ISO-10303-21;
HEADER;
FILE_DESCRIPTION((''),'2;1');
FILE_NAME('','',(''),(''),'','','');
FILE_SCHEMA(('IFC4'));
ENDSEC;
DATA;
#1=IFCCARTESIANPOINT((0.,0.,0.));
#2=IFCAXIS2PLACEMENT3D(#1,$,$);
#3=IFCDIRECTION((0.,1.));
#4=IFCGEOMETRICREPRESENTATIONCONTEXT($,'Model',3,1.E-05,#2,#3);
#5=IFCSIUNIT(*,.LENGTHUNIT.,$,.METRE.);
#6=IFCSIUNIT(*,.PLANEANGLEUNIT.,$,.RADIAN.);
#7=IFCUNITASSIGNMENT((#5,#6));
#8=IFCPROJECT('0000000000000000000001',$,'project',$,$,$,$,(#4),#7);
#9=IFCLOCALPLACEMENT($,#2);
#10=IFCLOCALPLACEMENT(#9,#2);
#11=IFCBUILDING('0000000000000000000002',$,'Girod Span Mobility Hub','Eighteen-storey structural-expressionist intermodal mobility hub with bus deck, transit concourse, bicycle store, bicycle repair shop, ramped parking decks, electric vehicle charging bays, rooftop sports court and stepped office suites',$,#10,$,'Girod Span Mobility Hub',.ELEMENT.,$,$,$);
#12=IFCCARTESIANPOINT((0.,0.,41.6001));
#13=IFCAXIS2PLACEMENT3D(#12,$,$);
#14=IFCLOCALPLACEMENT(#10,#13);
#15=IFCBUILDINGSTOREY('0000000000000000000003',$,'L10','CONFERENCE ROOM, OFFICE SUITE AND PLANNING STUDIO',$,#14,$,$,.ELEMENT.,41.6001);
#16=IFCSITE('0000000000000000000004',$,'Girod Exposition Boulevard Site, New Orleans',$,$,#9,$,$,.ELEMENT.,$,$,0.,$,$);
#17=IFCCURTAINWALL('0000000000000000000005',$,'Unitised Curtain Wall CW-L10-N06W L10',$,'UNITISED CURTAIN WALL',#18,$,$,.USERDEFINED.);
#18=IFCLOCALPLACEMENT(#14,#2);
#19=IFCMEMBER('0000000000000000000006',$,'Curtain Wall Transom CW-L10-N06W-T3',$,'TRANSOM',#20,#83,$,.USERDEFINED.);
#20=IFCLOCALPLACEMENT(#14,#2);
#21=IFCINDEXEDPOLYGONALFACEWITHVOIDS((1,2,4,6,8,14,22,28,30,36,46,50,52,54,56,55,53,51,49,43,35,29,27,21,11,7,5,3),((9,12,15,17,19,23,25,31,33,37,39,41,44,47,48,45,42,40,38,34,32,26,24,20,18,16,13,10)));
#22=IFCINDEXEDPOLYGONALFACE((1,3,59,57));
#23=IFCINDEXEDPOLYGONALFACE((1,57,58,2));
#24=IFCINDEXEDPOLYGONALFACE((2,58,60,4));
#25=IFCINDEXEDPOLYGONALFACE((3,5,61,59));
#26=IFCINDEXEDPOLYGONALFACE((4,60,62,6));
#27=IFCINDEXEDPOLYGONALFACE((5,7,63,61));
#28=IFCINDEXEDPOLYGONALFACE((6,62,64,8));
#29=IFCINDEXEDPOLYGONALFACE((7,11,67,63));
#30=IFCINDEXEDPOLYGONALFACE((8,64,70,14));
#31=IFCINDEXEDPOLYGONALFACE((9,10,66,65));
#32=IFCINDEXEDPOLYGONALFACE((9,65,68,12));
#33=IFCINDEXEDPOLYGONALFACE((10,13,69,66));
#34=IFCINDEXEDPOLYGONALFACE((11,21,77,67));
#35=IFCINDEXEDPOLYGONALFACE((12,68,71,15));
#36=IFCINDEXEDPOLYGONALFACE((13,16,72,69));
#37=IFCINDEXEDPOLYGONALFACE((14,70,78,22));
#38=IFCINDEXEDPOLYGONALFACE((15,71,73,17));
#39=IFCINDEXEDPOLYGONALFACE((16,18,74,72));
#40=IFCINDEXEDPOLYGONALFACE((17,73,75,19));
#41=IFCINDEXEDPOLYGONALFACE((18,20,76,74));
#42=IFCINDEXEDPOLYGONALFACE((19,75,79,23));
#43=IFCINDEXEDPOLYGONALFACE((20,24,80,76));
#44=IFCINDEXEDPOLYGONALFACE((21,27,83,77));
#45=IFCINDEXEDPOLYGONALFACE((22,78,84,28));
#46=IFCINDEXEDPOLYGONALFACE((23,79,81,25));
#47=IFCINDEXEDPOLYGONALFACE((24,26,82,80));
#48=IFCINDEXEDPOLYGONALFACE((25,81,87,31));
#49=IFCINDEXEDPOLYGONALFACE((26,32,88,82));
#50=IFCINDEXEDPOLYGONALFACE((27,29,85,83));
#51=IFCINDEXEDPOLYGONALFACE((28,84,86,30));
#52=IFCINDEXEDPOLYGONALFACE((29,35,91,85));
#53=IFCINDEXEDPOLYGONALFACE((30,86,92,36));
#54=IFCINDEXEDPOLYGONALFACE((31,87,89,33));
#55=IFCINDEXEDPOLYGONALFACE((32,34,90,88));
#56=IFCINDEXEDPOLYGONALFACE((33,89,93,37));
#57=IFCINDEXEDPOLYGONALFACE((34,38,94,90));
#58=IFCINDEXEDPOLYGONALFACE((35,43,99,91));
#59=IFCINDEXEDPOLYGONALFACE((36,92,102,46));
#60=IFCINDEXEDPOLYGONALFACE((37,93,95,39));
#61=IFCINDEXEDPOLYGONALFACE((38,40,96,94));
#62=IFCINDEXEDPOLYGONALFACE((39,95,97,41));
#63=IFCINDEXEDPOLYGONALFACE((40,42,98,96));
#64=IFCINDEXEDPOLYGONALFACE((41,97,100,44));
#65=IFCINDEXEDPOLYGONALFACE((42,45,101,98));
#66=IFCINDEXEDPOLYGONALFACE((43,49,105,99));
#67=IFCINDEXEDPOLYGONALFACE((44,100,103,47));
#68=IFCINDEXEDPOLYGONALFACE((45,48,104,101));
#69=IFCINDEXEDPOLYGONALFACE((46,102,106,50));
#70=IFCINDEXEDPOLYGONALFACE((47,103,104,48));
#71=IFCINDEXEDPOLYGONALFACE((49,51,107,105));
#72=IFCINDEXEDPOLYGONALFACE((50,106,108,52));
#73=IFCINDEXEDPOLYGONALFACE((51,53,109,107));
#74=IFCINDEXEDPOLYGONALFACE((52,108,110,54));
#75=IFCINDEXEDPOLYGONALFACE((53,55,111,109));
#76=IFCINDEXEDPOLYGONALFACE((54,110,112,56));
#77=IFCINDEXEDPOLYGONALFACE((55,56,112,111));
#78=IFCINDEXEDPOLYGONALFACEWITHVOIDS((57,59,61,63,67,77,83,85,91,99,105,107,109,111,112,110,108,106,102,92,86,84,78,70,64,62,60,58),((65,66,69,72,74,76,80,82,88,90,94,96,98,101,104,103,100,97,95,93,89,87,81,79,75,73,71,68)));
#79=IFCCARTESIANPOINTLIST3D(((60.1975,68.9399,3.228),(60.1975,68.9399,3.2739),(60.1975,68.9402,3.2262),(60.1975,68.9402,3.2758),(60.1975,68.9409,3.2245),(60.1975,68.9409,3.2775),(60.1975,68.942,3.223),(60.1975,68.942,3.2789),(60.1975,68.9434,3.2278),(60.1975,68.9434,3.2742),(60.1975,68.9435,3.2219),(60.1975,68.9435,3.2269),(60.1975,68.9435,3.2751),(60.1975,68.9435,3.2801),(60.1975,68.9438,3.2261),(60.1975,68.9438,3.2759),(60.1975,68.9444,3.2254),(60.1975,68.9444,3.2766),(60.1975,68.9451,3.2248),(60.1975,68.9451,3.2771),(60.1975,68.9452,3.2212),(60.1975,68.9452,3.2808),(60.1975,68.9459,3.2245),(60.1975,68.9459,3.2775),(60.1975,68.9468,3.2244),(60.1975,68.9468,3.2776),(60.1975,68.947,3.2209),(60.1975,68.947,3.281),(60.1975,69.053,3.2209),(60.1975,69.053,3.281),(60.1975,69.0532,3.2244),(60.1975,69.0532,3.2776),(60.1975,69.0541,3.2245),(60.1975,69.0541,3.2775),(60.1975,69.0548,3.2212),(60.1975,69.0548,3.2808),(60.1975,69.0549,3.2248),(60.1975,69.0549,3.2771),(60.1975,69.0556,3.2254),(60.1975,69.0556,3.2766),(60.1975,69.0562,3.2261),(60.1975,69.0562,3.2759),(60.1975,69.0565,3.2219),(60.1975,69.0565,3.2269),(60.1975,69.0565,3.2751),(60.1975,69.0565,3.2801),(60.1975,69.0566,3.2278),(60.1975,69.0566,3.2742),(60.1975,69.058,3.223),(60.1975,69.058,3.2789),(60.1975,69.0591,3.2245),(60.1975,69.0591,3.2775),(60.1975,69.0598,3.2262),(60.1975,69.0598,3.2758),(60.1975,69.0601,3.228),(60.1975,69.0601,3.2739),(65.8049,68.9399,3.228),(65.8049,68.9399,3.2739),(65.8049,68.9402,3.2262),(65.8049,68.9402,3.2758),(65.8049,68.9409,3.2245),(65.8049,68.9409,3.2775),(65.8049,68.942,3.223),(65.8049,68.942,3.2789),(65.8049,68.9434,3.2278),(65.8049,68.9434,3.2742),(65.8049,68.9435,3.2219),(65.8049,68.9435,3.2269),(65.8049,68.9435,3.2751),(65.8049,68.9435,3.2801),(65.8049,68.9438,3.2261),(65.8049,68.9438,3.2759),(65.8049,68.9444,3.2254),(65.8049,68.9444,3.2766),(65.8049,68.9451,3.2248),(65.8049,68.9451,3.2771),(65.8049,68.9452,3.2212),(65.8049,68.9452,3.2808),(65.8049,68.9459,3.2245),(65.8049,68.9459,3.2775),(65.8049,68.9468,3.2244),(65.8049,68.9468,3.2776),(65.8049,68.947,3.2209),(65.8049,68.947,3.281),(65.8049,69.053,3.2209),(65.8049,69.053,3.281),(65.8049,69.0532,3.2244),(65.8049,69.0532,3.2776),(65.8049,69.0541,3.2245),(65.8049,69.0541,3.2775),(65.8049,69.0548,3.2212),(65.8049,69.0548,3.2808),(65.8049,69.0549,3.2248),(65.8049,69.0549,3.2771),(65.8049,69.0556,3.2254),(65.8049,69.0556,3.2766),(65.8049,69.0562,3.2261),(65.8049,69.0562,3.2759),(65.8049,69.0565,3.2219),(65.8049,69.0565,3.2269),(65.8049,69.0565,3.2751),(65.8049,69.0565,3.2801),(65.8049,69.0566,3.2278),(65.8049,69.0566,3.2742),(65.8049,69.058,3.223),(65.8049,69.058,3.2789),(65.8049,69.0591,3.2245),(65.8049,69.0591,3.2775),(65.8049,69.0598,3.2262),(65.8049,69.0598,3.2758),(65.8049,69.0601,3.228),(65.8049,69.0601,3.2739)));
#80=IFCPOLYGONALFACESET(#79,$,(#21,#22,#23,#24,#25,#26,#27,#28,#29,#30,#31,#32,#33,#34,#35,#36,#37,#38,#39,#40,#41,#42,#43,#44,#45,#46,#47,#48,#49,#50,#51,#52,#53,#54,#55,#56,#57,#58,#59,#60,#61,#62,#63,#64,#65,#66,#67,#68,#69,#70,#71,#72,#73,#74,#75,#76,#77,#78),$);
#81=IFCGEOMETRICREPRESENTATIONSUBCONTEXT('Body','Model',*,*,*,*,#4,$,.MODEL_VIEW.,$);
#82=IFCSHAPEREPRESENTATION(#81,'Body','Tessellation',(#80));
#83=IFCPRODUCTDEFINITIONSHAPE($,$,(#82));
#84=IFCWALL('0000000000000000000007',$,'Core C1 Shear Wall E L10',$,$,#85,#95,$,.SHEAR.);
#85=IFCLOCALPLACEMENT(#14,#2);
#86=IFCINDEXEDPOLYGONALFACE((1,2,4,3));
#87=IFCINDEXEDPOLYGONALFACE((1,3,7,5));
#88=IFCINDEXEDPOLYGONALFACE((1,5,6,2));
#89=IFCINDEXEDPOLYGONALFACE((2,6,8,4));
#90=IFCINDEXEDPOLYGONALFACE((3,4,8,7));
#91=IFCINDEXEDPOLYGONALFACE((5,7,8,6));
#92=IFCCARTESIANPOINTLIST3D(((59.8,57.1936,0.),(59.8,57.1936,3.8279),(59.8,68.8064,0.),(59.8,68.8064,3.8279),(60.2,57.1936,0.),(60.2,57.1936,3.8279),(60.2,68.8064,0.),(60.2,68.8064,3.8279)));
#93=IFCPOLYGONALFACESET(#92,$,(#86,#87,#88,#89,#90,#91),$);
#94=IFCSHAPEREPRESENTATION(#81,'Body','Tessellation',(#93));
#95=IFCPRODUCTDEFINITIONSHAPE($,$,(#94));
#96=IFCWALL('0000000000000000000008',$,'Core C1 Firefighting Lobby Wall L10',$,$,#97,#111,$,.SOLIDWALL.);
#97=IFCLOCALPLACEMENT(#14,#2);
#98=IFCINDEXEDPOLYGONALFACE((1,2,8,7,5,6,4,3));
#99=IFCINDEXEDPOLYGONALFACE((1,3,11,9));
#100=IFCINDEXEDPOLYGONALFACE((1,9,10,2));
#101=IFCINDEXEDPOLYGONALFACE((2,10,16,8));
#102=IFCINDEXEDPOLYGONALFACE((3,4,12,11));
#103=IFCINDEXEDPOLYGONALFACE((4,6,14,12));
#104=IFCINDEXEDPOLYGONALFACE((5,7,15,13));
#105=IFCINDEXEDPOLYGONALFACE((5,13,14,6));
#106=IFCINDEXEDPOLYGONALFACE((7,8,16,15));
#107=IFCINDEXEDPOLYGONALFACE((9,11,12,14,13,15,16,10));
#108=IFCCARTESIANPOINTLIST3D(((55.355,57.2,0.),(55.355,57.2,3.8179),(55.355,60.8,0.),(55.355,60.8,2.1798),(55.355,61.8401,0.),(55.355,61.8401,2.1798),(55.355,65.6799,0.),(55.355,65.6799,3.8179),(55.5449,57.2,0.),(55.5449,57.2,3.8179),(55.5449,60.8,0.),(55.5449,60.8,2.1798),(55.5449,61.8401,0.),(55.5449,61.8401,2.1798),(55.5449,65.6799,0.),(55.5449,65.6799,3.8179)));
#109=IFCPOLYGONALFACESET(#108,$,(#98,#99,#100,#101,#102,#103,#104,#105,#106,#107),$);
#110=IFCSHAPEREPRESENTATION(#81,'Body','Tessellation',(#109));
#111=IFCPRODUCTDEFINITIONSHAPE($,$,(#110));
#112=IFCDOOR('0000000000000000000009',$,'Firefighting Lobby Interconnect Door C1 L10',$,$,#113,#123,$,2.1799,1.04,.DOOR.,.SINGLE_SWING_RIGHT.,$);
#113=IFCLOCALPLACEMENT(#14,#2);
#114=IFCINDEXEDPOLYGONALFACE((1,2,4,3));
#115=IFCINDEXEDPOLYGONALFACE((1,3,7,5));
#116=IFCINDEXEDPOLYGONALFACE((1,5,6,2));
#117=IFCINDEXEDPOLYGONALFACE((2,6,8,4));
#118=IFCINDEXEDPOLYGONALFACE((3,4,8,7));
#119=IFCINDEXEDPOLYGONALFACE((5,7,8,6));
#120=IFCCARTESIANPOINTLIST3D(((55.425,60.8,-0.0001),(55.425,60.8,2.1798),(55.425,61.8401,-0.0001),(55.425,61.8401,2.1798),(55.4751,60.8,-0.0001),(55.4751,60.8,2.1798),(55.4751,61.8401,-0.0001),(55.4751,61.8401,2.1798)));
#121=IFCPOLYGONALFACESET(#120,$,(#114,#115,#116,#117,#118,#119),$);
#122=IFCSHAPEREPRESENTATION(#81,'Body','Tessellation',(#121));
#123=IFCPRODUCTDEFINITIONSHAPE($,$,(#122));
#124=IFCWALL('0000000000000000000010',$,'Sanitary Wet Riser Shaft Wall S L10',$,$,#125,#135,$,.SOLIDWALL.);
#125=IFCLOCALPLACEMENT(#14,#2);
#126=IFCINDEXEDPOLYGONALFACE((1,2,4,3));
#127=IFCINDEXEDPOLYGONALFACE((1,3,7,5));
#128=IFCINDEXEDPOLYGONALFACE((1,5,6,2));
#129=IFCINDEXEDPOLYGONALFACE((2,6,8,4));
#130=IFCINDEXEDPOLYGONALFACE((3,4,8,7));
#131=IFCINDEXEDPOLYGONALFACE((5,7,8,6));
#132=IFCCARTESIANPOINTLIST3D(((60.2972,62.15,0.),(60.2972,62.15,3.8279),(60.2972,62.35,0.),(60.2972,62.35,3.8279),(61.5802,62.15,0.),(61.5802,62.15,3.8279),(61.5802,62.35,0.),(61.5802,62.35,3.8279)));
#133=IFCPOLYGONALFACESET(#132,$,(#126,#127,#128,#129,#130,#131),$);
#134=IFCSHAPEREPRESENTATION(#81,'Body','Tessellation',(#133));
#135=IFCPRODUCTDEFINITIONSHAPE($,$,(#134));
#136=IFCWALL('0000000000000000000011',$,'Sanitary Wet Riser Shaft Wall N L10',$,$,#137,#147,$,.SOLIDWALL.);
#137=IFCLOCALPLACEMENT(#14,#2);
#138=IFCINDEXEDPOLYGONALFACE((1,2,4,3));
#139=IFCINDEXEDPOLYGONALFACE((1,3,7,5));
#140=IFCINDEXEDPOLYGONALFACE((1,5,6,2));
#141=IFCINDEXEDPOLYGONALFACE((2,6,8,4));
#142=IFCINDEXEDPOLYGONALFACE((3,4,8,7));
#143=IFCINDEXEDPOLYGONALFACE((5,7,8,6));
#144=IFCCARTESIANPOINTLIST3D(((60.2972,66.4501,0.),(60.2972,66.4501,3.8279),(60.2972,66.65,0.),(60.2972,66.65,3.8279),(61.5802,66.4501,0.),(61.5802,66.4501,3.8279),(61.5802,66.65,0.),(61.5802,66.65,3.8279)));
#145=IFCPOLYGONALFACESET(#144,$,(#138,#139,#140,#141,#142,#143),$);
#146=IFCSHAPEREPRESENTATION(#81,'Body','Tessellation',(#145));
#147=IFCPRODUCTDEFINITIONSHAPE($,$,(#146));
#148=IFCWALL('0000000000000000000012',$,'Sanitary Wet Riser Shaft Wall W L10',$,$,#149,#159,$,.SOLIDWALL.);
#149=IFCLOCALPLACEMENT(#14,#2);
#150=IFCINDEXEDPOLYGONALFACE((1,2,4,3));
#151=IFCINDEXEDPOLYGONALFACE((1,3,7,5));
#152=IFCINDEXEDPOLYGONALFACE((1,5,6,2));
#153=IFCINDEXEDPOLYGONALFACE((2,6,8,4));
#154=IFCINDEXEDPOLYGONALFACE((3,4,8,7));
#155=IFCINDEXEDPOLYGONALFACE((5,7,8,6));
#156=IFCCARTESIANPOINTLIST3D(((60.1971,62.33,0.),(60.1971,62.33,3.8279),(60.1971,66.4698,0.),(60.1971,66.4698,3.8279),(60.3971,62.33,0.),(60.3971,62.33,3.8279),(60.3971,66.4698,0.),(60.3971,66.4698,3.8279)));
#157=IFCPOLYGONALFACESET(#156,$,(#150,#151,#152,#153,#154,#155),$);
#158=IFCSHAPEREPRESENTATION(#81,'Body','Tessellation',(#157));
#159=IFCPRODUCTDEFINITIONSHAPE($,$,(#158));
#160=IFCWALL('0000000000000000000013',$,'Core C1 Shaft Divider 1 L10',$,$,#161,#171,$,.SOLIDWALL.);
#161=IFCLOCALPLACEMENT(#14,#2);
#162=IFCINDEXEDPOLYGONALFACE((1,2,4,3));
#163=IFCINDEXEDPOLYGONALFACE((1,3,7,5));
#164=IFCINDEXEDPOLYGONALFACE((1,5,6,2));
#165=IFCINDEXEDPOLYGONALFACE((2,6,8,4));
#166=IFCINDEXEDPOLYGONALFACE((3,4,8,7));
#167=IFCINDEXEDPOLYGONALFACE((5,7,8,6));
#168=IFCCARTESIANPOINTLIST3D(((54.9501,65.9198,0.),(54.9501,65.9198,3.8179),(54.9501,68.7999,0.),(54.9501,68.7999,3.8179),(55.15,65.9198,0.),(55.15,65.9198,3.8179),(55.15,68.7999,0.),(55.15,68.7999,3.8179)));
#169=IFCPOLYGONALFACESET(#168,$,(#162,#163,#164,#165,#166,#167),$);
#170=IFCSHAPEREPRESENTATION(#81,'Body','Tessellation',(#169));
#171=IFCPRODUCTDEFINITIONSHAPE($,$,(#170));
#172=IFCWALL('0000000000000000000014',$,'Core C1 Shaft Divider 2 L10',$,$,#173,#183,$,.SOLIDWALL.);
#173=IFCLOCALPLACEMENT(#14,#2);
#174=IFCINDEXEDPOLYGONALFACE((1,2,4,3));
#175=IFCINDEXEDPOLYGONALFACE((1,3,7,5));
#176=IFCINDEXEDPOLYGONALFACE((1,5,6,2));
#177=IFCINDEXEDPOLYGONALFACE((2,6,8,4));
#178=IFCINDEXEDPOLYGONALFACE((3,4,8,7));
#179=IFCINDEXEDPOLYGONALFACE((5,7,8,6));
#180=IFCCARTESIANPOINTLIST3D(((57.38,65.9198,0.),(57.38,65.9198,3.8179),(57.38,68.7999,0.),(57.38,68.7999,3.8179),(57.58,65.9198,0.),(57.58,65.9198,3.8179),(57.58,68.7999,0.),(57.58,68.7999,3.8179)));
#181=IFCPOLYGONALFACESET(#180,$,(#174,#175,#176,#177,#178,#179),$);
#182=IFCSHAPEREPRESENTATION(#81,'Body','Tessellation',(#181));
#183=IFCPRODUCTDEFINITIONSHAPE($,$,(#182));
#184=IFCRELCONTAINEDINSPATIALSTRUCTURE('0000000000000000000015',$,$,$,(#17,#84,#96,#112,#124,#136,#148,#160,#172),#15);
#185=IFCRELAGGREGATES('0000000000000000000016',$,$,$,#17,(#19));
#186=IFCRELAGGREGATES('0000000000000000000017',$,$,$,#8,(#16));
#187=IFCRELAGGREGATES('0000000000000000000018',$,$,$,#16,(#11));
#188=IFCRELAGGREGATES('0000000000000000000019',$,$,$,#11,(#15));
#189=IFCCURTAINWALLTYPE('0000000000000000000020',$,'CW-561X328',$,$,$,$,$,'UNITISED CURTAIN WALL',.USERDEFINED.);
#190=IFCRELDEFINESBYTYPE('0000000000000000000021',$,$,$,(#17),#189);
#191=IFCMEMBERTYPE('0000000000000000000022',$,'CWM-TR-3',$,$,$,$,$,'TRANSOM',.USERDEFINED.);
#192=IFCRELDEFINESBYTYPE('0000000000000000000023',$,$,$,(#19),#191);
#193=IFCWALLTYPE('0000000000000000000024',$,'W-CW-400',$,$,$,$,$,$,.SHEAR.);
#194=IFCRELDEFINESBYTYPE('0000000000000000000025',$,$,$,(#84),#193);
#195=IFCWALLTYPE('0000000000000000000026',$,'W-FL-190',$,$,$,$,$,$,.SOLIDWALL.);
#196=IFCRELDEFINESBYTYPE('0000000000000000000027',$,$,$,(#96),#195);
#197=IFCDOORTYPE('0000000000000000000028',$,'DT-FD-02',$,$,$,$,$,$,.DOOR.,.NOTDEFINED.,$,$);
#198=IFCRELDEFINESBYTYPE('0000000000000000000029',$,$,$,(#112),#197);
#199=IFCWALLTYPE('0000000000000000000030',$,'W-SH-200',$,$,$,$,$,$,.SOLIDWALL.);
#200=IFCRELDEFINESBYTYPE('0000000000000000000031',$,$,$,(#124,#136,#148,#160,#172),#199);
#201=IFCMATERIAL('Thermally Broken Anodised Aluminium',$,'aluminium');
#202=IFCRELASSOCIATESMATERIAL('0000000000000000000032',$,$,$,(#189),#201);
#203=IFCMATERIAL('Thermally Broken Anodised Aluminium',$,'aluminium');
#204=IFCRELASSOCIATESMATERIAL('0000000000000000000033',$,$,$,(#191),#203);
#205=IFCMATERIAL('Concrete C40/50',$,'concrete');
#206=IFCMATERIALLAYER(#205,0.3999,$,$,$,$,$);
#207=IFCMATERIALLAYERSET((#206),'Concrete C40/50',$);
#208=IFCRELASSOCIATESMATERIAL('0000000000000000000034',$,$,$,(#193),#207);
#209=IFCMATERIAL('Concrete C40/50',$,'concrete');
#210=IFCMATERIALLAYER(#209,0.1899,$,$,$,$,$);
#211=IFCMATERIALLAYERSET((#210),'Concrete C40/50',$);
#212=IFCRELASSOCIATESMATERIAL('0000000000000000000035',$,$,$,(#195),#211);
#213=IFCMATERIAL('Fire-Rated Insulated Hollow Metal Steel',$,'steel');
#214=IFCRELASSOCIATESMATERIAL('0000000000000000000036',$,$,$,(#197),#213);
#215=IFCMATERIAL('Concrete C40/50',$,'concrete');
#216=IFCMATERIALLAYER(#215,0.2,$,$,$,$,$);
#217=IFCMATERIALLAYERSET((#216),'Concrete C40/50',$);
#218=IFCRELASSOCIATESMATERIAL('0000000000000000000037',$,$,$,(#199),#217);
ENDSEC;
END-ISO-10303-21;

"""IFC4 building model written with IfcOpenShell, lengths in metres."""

from ifc_helpers import new_model, si_unit, direction, frame, frame_2d, origin, origin_2d, place, context, subcontext, project, spatial, rectangle, hollow_rectangle, extrude, material, layer, layer_set, material_profile, profile_set, type_object, element, fill, aggregate, save


model = new_model("IFC4")

# Units and contexts
model_context = context("Model", 3, precision=1e-05, world=origin(), true_north=direction((0.0, 1.0)))
body_context = subcontext(model_context, "Body", "Model", "MODEL_VIEW")
ifc_project = project(units=[si_unit("LENGTHUNIT", "METRE"), si_unit("PLANEANGLEUNIT", "RADIAN")], contexts=[model_context])

# Site, building, storey
site_placement = place(None, origin())
site = spatial("IfcSite", under=ifc_project, at=site_placement, Name="Girod Exposition Boulevard Site, New Orleans", CompositionType="ELEMENT", RefElevation=0.0)
building_placement = place(site_placement, origin())
building = spatial("IfcBuilding", under=site, at=building_placement, Name="Girod Span Mobility Hub", Description="Eighteen-storey structural-expressionist intermodal mobility hub with bus deck, transit concourse, bicycle store, bicycle repair shop, ramped parking decks, electric vehicle charging bays, rooftop sports court and stepped office suites", LongName="Girod Span Mobility Hub", CompositionType="ELEMENT")
storey_placement = place(building_placement, frame((0.0, 0.0, 41.6001)))
storey = spatial("IfcBuildingStorey", under=building, at=storey_placement, Name="L10", Description="CONFERENCE ROOM, OFFICE SUITE AND PLANNING STUDIO", CompositionType="ELEMENT", Elevation=41.6001)

# Curtain wall, member
ifc_material_1 = material(Name="Thermally Broken Anodised Aluminium", Category="aluminium")
curtain_wall_type = type_object("IfcCurtainWallType", Name="CW-561X328", ElementType="UNITISED CURTAIN WALL", PredefinedType="USERDEFINED", material=ifc_material_1)
curtain_wall_placement = place(storey_placement, origin())
curtain_wall = element("IfcCurtainWall", 1, at=curtain_wall_placement, inside=storey, type_object=curtain_wall_type, Name="Unitised Curtain Wall CW-L10-N06W L10", ObjectType="UNITISED CURTAIN WALL", PredefinedType="USERDEFINED")
ifc_material_2 = material(Name="Thermally Broken Anodised Aluminium", Category="aluminium")
ifc_material_profile_1 = material_profile(ifc_material_2, hollow_rectangle(XDim=0.1201, YDim=0.0601, WallThickness=0.0034, InnerFilletRadius=0.0034, OuterFilletRadius=0.0071, at=origin_2d()), Name="CW-TR-60X120")
ifc_profile_set_1 = profile_set([ifc_material_profile_1], Name="Thermally Broken Anodised Aluminium")
member_type_1 = type_object("IfcMemberType", Name="CWM-TR-3", ElementType="TRANSOM", PredefinedType="USERDEFINED", material=ifc_profile_set_1)
member_1_placement = place(storey_placement, frame((60.1975, 69.0, 3.251), z_axis=(1.0, 0.0, 0.0), x_axis=(0.0, 1.0, 0.0)))
member_1 = element("IfcMember", 2, at=member_1_placement, type_object=member_type_1, Name="Curtain Wall Transom CW-L10-N06W-T3", ObjectType="TRANSOM", PredefinedType="USERDEFINED", context=body_context, shape_type="SweptSolid", body=[
    extrude(hollow_rectangle(XDim=0.1201, YDim=0.0601, WallThickness=0.0034, InnerFilletRadius=0.0034, OuterFilletRadius=0.0071, at=origin_2d()), origin(), (0.0, 0.0, 1.0), 5.6074),
])
aggregate(curtain_wall, [member_1])

# Wall
ifc_material_3 = material(Name="Concrete C40/50", Category="concrete")
ifc_layer_1 = layer(ifc_material_3, 0.3999)
ifc_layer_set_1 = layer_set([ifc_layer_1], Name="Concrete C40/50")
wall_type_1 = type_object("IfcWallType", Name="W-CW-400", PredefinedType="SHEAR", material=ifc_layer_set_1)
wall_1_placement = place(storey_placement, frame((60.0, 57.1936, 0.0), z_axis=(0.0, 0.0, 1.0), x_axis=(0.0, 1.0, 0.0)))
element("IfcWall", 3, at=wall_1_placement, inside=storey, type_object=wall_type_1, Name="Core C1 Shear Wall E L10", PredefinedType="SHEAR", context=body_context, shape_type="SweptSolid", body=[
    extrude(rectangle(XDim=11.6128, YDim=0.3999, at=frame_2d((5.8064, 0.0))), origin(), (0.0, 0.0, 1.0), 3.8279),
])

# Wall, opening, door
ifc_material_4 = material(Name="Concrete C40/50", Category="concrete")
ifc_layer_2 = layer(ifc_material_4, 0.1899)
ifc_layer_set_2 = layer_set([ifc_layer_2], Name="Concrete C40/50")
wall_type_2 = type_object("IfcWallType", Name="W-FL-190", PredefinedType="SOLIDWALL", material=ifc_layer_set_2)
wall_2_placement = place(storey_placement, frame((55.45, 57.2, 0.0), z_axis=(0.0, 0.0, 1.0), x_axis=(0.0, 1.0, 0.0)))
wall_2 = element("IfcWall", 4, at=wall_2_placement, inside=storey, type_object=wall_type_2, Name="Core C1 Firefighting Lobby Wall L10", PredefinedType="SOLIDWALL", context=body_context, shape_type="SweptSolid", body=[
    extrude(rectangle(XDim=8.48, YDim=0.1899, at=frame_2d((4.24, 0.0))), origin(), (0.0, 0.0, 1.0), 3.8179),
])
opening_1_placement = place(wall_2_placement, frame((3.6001, 0.0, 0.0)))
opening_1 = element("IfcOpeningElement", 5, at=opening_1_placement, cuts=wall_2, PredefinedType="OPENING", context=body_context, shape_type="SweptSolid", body=[
    extrude(rectangle(XDim=1.04, YDim=2.1799, at=frame_2d((0.52, 1.0898))), frame((0.0, 0.1099, 0.0), z_axis=(0.0, -1.0, 0.0), x_axis=(1.0, 0.0, 0.0)), (0.0, 0.0, 1.0), 0.22),
])
ifc_material_5 = material(Name="Fire-Rated Insulated Hollow Metal Steel", Category="steel")
door_type_1 = type_object("IfcDoorType", Name="DT-FD-02", OperationType="NOTDEFINED", PredefinedType="DOOR", material=ifc_material_5)
door_1_placement = place(opening_1_placement, origin())
door_1 = element("IfcDoor", 6, at=door_1_placement, inside=storey, type_object=door_type_1, Name="Firefighting Lobby Interconnect Door C1 L10", OperationType="SINGLE_SWING_RIGHT", OverallHeight=2.1799, OverallWidth=1.04, PredefinedType="DOOR", context=body_context, shape_type="SweptSolid", body=[
    extrude(rectangle(XDim=1.04, YDim=2.1799, at=frame_2d((0.52, 1.0898))), frame((0.0, 0.0249, 0.0), z_axis=(0.0, -1.0, 0.0), x_axis=(1.0, 0.0, 0.0)), (0.0, 0.0, 1.0), 0.05),
])
fill(opening_1, door_1)

# Walls
ifc_material_6 = material(Name="Concrete C40/50", Category="concrete")
ifc_layer_3 = layer(ifc_material_6, 0.2)
ifc_layer_set_3 = layer_set([ifc_layer_3], Name="Concrete C40/50")
wall_type_3 = type_object("IfcWallType", Name="W-SH-200", PredefinedType="SOLIDWALL", material=ifc_layer_set_3)
for number, where, z_axis, x_axis, name in (
    (7, (60.2971, 62.25, 0.0), (0.0, 0.0, 1.0), (1.0, 0.0, 0.0), "Sanitary Wet Riser Shaft Wall S L10"),
    (8, (60.2971, 66.55, 0.0), (0.0, 0.0, 1.0), (1.0, 0.0, 0.0), "Sanitary Wet Riser Shaft Wall N L10"),
):
    element("IfcWall", number, at=place(storey_placement, frame(where, z_axis=z_axis, x_axis=x_axis)), inside=storey, type_object=wall_type_3, Name=name, PredefinedType="SOLIDWALL", context=body_context, shape_type="SweptSolid", body=[
        extrude(rectangle(XDim=1.283, YDim=0.2, at=frame_2d((0.6416, 0.0))), origin(), (0.0, 0.0, 1.0), 3.8279),
    ])
wall_3_placement = place(storey_placement, frame((60.2971, 62.3301, 0.0), z_axis=(0.0, 0.0, 1.0), x_axis=(0.0, 1.0, 0.0)))
element("IfcWall", 9, at=wall_3_placement, inside=storey, type_object=wall_type_3, Name="Sanitary Wet Riser Shaft Wall W L10", PredefinedType="SOLIDWALL", context=body_context, shape_type="SweptSolid", body=[
    extrude(rectangle(XDim=4.1399, YDim=0.2, at=frame_2d((2.0698, 0.0))), origin(), (0.0, 0.0, 1.0), 3.8279),
])
for number, where, z_axis, x_axis, name in (
    (10, (55.05, 65.9199, 0.0), (0.0, 0.0, 1.0), (0.0, 1.0, 0.0), "Core C1 Shaft Divider 1 L10"),
    (11, (57.48, 65.9199, 0.0), (0.0, 0.0, 1.0), (0.0, 1.0, 0.0), "Core C1 Shaft Divider 2 L10"),
):
    element("IfcWall", number, at=place(storey_placement, frame(where, z_axis=z_axis, x_axis=x_axis)), inside=storey, type_object=wall_type_3, Name=name, PredefinedType="SOLIDWALL", context=body_context, shape_type="SweptSolid", body=[
        extrude(rectangle(XDim=2.8801, YDim=0.2, at=frame_2d((1.4399, 0.0))), origin(), (0.0, 0.0, 1.0), 3.8179),
    ])

save(model, "model.ifc")
